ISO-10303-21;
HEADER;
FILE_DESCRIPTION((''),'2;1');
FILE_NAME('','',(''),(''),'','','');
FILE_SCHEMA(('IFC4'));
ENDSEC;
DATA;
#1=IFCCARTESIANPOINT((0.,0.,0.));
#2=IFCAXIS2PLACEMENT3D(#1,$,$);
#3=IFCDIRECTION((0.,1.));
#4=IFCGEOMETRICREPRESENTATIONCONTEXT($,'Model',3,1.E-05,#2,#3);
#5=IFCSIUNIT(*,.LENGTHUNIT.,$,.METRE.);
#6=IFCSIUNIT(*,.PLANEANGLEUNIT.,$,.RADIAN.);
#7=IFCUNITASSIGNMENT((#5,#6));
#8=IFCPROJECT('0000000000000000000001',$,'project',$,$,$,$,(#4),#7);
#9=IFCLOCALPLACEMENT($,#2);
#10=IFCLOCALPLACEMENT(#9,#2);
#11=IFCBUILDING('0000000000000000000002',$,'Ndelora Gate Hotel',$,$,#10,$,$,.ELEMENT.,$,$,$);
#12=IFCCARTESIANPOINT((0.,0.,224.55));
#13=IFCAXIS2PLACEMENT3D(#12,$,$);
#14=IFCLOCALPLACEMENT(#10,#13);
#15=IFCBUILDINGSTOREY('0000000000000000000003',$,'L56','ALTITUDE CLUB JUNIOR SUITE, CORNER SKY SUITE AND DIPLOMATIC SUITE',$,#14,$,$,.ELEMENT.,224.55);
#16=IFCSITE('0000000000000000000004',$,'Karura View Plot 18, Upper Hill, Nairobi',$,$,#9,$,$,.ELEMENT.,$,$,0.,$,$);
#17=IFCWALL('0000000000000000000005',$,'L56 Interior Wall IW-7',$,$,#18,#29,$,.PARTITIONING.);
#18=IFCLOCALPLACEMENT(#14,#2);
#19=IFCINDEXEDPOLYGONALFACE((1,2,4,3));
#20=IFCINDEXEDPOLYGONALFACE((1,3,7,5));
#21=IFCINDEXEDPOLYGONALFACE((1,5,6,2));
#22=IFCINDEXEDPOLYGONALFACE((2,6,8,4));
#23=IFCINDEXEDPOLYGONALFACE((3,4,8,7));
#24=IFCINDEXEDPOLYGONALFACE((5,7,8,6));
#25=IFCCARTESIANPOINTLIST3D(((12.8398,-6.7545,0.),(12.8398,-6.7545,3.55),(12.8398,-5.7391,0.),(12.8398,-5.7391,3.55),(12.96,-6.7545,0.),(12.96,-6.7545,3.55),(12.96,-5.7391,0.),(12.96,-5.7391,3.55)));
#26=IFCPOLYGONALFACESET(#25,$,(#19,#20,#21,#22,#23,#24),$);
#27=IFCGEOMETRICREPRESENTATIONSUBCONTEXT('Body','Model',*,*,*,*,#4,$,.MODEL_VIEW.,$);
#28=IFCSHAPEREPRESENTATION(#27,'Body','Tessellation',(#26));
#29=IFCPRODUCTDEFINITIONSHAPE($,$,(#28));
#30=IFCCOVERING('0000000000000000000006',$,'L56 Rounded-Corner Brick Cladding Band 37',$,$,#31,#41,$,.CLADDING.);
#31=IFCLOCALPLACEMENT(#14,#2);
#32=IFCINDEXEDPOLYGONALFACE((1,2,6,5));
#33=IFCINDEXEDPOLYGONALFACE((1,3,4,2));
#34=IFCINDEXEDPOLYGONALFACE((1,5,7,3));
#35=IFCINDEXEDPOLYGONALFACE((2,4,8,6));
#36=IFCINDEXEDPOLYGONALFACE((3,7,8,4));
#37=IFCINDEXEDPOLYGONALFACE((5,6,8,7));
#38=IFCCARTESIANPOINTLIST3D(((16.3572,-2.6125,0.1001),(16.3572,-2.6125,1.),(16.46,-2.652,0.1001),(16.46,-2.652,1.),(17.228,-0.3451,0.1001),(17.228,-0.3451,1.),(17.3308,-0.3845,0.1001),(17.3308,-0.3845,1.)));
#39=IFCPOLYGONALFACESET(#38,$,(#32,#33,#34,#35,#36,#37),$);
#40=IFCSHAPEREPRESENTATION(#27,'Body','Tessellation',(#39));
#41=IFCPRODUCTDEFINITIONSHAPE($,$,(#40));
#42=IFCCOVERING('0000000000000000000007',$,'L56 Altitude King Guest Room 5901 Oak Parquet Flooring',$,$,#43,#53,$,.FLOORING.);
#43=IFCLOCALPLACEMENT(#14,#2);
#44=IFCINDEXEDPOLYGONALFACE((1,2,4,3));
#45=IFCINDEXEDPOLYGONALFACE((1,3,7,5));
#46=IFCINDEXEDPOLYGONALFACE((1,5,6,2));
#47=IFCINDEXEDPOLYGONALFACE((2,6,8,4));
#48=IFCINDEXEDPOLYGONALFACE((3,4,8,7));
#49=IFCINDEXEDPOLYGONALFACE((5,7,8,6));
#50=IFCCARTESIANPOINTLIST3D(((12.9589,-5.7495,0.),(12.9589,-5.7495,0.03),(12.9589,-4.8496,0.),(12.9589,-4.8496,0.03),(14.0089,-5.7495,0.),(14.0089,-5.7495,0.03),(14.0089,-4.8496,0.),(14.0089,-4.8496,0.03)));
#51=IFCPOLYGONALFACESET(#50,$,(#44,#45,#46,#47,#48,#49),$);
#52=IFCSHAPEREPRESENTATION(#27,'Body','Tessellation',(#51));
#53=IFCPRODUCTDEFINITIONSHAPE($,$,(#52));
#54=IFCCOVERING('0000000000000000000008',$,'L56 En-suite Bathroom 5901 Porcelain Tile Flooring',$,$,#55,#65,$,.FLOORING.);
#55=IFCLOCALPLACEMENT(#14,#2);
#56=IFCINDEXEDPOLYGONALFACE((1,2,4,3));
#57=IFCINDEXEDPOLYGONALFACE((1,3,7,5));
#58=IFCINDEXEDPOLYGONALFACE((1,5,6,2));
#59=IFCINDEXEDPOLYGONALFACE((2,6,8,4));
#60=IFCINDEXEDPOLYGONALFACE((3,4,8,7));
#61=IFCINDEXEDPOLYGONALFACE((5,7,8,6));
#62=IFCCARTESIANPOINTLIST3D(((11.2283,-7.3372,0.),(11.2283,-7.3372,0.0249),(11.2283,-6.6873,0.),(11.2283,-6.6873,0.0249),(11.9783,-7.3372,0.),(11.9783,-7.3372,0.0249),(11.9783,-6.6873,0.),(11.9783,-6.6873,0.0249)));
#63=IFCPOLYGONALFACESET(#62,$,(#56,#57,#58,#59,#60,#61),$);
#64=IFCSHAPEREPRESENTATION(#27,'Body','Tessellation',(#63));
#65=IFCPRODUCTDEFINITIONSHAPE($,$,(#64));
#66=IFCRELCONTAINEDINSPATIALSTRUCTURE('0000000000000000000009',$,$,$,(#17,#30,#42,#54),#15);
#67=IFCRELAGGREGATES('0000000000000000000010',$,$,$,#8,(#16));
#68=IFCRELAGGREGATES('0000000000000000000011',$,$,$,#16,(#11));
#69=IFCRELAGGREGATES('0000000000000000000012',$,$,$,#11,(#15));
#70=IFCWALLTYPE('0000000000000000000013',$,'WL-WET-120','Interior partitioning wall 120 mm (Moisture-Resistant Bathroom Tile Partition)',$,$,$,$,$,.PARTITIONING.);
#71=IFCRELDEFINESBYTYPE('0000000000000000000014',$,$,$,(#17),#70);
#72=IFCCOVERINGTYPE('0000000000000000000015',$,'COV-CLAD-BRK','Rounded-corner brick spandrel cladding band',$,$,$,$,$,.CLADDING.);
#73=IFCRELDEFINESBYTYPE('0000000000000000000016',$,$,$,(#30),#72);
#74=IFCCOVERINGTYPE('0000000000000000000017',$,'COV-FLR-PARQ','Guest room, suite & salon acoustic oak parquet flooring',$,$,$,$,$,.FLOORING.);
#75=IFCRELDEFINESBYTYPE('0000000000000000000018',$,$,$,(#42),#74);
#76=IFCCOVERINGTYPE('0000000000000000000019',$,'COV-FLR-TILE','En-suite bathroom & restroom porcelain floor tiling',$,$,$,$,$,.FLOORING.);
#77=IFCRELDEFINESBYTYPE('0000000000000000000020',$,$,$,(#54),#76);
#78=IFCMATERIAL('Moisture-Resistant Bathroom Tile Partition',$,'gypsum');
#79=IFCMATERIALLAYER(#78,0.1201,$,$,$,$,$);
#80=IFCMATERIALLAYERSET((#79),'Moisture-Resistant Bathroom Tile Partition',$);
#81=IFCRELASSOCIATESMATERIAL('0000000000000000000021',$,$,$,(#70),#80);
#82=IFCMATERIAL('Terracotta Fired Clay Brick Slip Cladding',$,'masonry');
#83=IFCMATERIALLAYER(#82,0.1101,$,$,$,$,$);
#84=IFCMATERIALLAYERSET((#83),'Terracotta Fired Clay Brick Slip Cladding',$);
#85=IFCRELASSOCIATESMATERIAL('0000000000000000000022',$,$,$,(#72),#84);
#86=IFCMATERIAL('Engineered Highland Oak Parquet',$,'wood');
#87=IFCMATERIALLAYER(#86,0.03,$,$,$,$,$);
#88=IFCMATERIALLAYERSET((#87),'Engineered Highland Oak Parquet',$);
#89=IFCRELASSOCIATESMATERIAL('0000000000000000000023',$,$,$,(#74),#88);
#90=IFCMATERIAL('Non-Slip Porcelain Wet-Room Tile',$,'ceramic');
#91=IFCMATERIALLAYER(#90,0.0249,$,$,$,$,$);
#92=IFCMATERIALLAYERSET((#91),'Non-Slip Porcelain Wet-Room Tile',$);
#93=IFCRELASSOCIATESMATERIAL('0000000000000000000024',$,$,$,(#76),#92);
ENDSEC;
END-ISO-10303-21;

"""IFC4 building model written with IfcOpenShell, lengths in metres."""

from ifc_helpers import new_model, si_unit, direction, frame, frame_2d, origin, origin_2d, place, context, subcontext, project, spatial, rectangle, extrude, material, layer, layer_set, type_object, element, save


model = new_model("IFC4")

# Units and contexts
model_context = context("Model", 3, precision=1e-05, world=origin(), true_north=direction((0.0, 1.0)))
body_context = subcontext(model_context, "Body", "Model", "MODEL_VIEW")
ifc_project = project(units=[si_unit("LENGTHUNIT", "METRE"), si_unit("PLANEANGLEUNIT", "RADIAN")], contexts=[model_context])

# Site, building, storey
site_placement = place(None, origin())
site = spatial("IfcSite", under=ifc_project, at=site_placement, Name="Karura View Plot 18, Upper Hill, Nairobi", CompositionType="ELEMENT", RefElevation=0.0)
building_placement = place(site_placement, origin())
building = spatial("IfcBuilding", under=site, at=building_placement, Name="Ndelora Gate Hotel", CompositionType="ELEMENT")
storey_placement = place(building_placement, frame((0.0, 0.0, 224.55)))
storey = spatial("IfcBuildingStorey", under=building, at=storey_placement, Name="L56", Description="ALTITUDE CLUB JUNIOR SUITE, CORNER SKY SUITE AND DIPLOMATIC SUITE", CompositionType="ELEMENT", Elevation=224.55)

# Shared definitions
ifc_material_1 = material(Name="Moisture-Resistant Bathroom Tile Partition", Category="gypsum")
ifc_layer_1 = layer(ifc_material_1, 0.1201)
ifc_layer_set_1 = layer_set([ifc_layer_1], Name="Moisture-Resistant Bathroom Tile Partition")
wall_type_1 = type_object("IfcWallType", Name="WL-WET-120", Description="Interior partitioning wall 120 mm (Moisture-Resistant Bathroom Tile Partition)", PredefinedType="PARTITIONING", material=ifc_layer_set_1)

# Wall
wall_1_placement = place(storey_placement, frame((12.8999, -5.739, 0.0), z_axis=(0.0, 0.0, 1.0), x_axis=(0.0, -1.0, 0.0)))
element("IfcWall", 1, at=wall_1_placement, inside=storey, type_object=wall_type_1, Name="L56 Interior Wall IW-7", PredefinedType="PARTITIONING", context=body_context, shape_type="SweptSolid", body=[
    extrude(rectangle(XDim=1.0154, YDim=0.1201, at=frame_2d((0.5078, 0.0))), origin(), (0.0, 0.0, 1.0), 3.55),
])

# Coverings
ifc_material_2 = material(Name="Terracotta Fired Clay Brick Slip Cladding", Category="masonry")
ifc_layer_2 = layer(ifc_material_2, 0.1101)
ifc_layer_set_2 = layer_set([ifc_layer_2], Name="Terracotta Fired Clay Brick Slip Cladding")
covering_type_1 = type_object("IfcCoveringType", Name="COV-CLAD-BRK", Description="Rounded-corner brick spandrel cladding band", PredefinedType="CLADDING", material=ifc_layer_set_2)
covering_1_placement = place(storey_placement, frame((16.844, -1.4985, 0.1001), z_axis=(0.0, 0.0, 1.0), x_axis=(0.358531, 0.933518, 0.0)))
element("IfcCovering", 2, at=covering_1_placement, inside=storey, type_object=covering_type_1, Name="L56 Rounded-Corner Brick Cladding Band 37", PredefinedType="CLADDING", context=body_context, shape_type="SweptSolid", body=[
    extrude(rectangle(XDim=2.429, YDim=0.1101, at=origin_2d()), origin(), (0.0, 0.0, 1.0), 0.8999),
])
ifc_material_3 = material(Name="Engineered Highland Oak Parquet", Category="wood")
ifc_layer_3 = layer(ifc_material_3, 0.03)
ifc_layer_set_3 = layer_set([ifc_layer_3], Name="Engineered Highland Oak Parquet")
covering_type_2 = type_object("IfcCoveringType", Name="COV-FLR-PARQ", Description="Guest room, suite & salon acoustic oak parquet flooring", PredefinedType="FLOORING", material=ifc_layer_set_3)
covering_2_placement = place(storey_placement, frame((13.4839, -5.2996, 0.0), z_axis=(0.0, 0.0, 1.0), x_axis=(1.0, 0.0, 0.0)))
element("IfcCovering", 3, at=covering_2_placement, inside=storey, type_object=covering_type_2, Name="L56 Altitude King Guest Room 5901 Oak Parquet Flooring", PredefinedType="FLOORING", context=body_context, shape_type="SweptSolid", body=[
    extrude(rectangle(XDim=1.05, YDim=0.8999, at=origin_2d()), origin(), (0.0, 0.0, 1.0), 0.03),
])
ifc_material_4 = material(Name="Non-Slip Porcelain Wet-Room Tile", Category="ceramic")
ifc_layer_4 = layer(ifc_material_4, 0.0249)
ifc_layer_set_4 = layer_set([ifc_layer_4], Name="Non-Slip Porcelain Wet-Room Tile")
covering_type_3 = type_object("IfcCoveringType", Name="COV-FLR-TILE", Description="En-suite bathroom & restroom porcelain floor tiling", PredefinedType="FLOORING", material=ifc_layer_set_4)
covering_3_placement = place(storey_placement, frame((11.6033, -7.0122, 0.0), z_axis=(0.0, 0.0, 1.0), x_axis=(1.0, 0.0, 0.0)))
element("IfcCovering", 4, at=covering_3_placement, inside=storey, type_object=covering_type_3, Name="L56 En-suite Bathroom 5901 Porcelain Tile Flooring", PredefinedType="FLOORING", context=body_context, shape_type="SweptSolid", body=[
    extrude(rectangle(XDim=0.75, YDim=0.6499, at=origin_2d()), origin(), (0.0, 0.0, 1.0), 0.0249),
])

save(model, "model.ifc")
